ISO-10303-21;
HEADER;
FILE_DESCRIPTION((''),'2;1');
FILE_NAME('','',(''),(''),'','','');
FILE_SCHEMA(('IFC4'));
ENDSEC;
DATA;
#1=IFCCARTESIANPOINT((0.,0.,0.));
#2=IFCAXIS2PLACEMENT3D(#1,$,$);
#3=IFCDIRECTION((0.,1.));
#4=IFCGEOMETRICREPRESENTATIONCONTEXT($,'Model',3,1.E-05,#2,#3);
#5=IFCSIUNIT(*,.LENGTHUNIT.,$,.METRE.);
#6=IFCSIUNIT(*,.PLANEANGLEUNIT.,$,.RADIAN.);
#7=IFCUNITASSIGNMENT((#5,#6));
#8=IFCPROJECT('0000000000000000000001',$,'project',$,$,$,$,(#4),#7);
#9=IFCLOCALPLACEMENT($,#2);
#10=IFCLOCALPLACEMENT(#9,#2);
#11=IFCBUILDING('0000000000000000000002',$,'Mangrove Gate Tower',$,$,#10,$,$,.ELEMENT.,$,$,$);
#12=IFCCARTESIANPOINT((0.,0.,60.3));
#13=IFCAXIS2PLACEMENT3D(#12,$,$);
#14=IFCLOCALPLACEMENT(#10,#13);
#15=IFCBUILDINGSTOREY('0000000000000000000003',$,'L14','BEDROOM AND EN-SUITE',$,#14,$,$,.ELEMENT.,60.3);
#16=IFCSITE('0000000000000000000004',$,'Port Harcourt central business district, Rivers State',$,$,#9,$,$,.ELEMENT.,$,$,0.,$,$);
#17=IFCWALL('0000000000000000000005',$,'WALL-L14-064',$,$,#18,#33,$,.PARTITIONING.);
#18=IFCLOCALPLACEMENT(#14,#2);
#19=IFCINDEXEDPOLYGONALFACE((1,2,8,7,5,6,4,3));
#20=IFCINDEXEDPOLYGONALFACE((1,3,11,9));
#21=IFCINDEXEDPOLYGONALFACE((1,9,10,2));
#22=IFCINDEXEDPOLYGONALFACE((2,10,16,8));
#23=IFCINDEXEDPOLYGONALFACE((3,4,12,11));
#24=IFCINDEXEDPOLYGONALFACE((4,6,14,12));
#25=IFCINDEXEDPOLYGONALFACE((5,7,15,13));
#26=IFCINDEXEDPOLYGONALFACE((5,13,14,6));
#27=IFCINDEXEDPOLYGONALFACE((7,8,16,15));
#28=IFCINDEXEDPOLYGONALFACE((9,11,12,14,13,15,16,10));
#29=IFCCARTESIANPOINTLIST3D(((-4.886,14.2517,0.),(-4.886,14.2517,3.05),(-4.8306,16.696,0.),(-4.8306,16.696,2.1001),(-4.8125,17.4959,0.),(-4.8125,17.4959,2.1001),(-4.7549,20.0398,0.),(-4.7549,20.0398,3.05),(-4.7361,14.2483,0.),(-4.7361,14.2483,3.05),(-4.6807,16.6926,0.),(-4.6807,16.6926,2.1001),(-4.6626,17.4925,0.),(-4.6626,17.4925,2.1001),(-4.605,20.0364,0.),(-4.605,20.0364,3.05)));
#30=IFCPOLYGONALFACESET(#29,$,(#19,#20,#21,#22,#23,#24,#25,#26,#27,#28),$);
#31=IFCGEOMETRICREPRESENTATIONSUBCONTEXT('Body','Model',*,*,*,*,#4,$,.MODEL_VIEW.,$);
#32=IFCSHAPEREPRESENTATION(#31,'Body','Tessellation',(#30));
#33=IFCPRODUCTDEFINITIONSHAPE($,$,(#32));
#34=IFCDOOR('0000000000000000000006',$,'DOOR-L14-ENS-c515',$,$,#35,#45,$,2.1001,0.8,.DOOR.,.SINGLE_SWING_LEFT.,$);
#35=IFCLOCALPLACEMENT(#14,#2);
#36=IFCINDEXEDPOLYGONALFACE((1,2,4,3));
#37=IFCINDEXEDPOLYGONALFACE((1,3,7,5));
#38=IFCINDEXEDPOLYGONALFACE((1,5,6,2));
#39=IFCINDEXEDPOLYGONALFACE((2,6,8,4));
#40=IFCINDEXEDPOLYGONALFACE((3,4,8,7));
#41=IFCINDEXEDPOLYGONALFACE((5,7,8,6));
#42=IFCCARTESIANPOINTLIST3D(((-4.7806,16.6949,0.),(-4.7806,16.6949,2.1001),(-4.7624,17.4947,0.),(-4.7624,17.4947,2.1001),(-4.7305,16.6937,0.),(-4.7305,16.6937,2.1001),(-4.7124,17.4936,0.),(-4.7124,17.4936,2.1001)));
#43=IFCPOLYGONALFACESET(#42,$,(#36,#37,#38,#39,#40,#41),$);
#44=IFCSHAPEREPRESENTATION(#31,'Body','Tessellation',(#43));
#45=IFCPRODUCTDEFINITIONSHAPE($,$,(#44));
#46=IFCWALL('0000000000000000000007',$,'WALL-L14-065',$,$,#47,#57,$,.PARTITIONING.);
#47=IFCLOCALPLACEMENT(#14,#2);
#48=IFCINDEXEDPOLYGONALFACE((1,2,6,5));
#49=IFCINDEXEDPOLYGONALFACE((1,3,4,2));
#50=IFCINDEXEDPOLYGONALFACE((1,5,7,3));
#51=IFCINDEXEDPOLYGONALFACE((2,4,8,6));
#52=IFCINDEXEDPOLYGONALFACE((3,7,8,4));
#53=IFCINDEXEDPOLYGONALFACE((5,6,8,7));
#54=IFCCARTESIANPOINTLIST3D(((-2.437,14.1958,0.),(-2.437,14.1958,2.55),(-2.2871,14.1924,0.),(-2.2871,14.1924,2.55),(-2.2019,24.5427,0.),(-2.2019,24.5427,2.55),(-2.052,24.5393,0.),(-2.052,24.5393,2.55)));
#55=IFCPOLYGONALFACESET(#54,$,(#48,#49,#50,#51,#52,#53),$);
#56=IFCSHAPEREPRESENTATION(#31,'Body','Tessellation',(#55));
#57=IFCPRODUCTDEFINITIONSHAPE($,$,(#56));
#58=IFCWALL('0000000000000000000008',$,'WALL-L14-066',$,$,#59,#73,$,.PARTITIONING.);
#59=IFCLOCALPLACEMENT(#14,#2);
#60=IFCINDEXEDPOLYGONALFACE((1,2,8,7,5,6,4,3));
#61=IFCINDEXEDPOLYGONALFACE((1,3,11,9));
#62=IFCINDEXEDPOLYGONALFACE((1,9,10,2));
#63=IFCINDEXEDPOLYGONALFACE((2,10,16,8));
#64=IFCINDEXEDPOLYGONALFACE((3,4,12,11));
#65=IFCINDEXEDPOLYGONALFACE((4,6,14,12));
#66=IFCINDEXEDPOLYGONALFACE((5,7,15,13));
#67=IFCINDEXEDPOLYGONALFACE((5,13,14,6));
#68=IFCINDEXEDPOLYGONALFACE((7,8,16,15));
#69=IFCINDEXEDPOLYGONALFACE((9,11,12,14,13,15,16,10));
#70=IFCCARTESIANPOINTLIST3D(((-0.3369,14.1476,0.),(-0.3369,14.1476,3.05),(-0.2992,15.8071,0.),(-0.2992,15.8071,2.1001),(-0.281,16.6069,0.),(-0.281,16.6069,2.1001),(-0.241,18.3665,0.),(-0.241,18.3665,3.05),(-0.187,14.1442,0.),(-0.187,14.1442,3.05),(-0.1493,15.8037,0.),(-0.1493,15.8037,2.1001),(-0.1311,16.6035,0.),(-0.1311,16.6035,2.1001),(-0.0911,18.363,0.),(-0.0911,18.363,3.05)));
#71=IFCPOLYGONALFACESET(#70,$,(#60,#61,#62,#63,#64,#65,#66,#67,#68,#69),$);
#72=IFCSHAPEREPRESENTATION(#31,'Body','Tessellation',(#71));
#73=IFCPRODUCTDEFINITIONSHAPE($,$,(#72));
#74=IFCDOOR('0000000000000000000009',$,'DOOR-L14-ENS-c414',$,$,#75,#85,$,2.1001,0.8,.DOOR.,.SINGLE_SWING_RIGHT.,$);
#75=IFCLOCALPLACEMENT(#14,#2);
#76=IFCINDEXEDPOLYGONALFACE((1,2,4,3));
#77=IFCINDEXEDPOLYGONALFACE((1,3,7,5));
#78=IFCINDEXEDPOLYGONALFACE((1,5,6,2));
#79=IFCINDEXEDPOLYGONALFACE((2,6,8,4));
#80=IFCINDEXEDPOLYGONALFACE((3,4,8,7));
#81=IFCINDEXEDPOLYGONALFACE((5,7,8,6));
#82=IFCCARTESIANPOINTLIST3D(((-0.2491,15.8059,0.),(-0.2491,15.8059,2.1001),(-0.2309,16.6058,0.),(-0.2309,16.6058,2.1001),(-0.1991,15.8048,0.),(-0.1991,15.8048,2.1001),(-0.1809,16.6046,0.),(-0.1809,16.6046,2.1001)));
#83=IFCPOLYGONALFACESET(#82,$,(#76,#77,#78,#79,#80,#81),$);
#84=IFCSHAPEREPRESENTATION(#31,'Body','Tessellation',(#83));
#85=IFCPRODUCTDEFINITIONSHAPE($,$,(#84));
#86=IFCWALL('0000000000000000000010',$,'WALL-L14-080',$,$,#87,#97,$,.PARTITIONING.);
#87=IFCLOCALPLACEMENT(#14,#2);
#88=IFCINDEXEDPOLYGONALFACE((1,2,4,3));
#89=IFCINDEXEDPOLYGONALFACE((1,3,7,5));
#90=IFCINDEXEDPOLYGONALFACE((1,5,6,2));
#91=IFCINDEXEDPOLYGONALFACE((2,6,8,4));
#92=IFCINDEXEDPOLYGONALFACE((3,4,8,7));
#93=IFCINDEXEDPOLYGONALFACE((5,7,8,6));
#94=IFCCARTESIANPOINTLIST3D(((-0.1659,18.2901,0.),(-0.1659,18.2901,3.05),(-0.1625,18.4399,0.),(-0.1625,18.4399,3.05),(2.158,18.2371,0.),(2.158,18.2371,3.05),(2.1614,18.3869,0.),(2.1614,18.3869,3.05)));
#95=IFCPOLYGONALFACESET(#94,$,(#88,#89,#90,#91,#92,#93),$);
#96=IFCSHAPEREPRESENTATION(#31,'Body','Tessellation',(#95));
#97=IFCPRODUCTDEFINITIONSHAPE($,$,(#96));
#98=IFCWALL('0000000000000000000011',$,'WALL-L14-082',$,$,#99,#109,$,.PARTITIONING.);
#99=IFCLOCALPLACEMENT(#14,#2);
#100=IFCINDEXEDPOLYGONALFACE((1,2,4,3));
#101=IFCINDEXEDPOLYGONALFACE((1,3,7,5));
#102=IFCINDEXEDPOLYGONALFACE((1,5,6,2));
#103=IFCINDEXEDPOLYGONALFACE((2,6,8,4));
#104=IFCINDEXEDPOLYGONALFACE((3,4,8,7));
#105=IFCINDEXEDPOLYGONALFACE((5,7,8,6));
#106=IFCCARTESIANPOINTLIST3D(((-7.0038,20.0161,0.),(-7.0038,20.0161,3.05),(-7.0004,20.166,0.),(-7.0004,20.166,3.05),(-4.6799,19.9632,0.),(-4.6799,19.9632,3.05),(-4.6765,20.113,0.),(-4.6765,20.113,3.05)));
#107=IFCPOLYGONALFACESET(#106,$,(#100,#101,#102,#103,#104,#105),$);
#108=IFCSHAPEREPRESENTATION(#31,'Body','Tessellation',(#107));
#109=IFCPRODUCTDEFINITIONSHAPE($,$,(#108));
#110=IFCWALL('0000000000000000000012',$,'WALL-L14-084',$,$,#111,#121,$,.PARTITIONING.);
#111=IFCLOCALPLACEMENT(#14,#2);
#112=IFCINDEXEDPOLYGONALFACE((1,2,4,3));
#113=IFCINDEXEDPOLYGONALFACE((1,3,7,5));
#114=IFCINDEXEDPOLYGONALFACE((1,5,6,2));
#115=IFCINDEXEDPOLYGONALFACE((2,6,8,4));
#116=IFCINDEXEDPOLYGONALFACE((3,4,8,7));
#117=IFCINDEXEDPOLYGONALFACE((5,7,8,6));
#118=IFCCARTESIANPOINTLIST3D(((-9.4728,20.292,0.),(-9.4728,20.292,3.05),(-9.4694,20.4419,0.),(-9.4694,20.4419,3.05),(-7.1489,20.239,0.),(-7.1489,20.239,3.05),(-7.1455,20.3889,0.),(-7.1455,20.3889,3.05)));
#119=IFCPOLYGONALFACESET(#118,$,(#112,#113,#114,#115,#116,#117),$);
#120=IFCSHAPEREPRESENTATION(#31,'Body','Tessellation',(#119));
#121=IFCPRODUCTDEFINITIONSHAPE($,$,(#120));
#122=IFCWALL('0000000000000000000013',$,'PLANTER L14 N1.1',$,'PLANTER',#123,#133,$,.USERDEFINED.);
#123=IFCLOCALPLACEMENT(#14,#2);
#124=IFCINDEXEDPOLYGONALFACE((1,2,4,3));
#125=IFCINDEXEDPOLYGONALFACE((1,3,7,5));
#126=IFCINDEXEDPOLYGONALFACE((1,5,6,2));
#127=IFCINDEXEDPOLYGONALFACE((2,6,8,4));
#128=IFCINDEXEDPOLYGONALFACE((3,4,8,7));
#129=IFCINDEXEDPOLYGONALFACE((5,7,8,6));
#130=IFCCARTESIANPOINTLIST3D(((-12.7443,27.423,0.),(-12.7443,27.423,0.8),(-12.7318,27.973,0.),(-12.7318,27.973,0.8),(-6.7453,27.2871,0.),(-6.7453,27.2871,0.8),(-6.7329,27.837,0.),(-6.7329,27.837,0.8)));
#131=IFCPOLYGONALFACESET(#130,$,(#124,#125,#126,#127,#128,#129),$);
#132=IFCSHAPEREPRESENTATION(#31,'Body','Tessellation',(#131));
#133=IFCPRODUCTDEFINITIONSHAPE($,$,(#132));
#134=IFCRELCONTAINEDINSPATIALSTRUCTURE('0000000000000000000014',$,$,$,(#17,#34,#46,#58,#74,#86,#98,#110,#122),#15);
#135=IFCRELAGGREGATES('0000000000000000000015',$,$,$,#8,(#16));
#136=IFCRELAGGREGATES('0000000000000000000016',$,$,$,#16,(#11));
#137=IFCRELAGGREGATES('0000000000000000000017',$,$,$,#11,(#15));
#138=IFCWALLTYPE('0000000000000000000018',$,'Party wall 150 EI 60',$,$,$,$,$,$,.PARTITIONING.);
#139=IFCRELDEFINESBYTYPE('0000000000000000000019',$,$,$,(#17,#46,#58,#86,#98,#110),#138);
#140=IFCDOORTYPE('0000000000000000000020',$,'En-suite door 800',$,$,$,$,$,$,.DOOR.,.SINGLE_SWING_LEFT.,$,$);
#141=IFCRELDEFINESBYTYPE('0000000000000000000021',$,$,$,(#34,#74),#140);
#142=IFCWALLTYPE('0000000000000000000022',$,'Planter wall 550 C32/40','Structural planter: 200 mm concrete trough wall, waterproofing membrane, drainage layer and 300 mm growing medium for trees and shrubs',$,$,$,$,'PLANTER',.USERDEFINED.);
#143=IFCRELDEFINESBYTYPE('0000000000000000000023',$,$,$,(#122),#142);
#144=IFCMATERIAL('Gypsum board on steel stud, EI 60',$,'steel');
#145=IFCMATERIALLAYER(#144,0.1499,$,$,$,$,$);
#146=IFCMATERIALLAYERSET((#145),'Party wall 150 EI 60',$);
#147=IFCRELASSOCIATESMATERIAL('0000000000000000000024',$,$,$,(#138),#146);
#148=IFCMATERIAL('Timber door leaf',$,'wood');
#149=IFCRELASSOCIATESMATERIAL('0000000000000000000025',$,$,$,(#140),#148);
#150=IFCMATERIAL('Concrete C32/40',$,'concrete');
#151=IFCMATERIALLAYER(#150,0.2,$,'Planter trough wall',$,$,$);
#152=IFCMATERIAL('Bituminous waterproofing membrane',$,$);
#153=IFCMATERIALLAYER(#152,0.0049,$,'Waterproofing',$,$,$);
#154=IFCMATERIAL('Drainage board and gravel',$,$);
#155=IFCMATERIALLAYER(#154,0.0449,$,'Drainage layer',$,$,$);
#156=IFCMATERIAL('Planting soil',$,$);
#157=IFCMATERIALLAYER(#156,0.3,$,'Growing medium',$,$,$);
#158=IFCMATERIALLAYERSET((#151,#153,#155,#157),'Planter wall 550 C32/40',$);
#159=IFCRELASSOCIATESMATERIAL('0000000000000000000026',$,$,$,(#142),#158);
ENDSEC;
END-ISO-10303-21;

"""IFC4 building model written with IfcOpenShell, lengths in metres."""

from ifc_helpers import new_model, si_unit, direction, frame, frame_2d, origin, place, context, subcontext, project, spatial, rectangle, extrude, material, layer, layer_set, type_object, element, fill, save


model = new_model("IFC4")

# Units and contexts
model_context = context("Model", 3, precision=1e-05, world=origin(), true_north=direction((0.0, 1.0)))
body_context = subcontext(model_context, "Body", "Model", "MODEL_VIEW")
ifc_project = project(units=[si_unit("LENGTHUNIT", "METRE"), si_unit("PLANEANGLEUNIT", "RADIAN")], contexts=[model_context])

# Site, building, storey
site_placement = place(None, origin())
site = spatial("IfcSite", under=ifc_project, at=site_placement, Name="Port Harcourt central business district, Rivers State", CompositionType="ELEMENT", RefElevation=0.0)
building_placement = place(site_placement, origin())
building = spatial("IfcBuilding", under=site, at=building_placement, Name="Mangrove Gate Tower", CompositionType="ELEMENT")
storey_placement = place(building_placement, frame((0.0, 0.0, 60.3)))
storey = spatial("IfcBuildingStorey", under=building, at=storey_placement, Name="L14", Description="BEDROOM AND EN-SUITE", CompositionType="ELEMENT", Elevation=60.3)

# Shared definitions
ifc_material_1 = material(Name="Gypsum board on steel stud, EI 60", Category="steel")
ifc_layer_1 = layer(ifc_material_1, 0.1499)
ifc_layer_set_1 = layer_set([ifc_layer_1], Name="Party wall 150 EI 60")
wall_type_1 = type_object("IfcWallType", Name="Party wall 150 EI 60", PredefinedType="PARTITIONING", material=ifc_layer_set_1)
ifc_material_2 = material(Name="Timber door leaf", Category="wood")
door_type = type_object("IfcDoorType", Name="En-suite door 800", OperationType="SINGLE_SWING_LEFT", PredefinedType="DOOR", material=ifc_material_2)

# Wall, opening, door
wall_1_placement = place(storey_placement, frame((-4.811, 14.25, 0.0), z_axis=(0.0, 0.0, 1.0), x_axis=(0.022645, 0.999744, 0.0)))
wall_1 = element("IfcWall", 1, at=wall_1_placement, inside=storey, type_object=wall_type_1, Name="WALL-L14-064", PredefinedType="PARTITIONING", context=body_context, shape_type="SweptSolid", body=[
    extrude(rectangle(XDim=5.7896, YDim=0.1499, at=frame_2d((2.8948, 0.0))), origin(), (0.0, 0.0, 1.0), 3.05),
])
opening_1_placement = place(wall_1_placement, frame((2.4451, 0.0, 0.0)))
opening_1 = element("IfcOpeningElement", 2, at=opening_1_placement, cuts=wall_1, PredefinedType="OPENING", context=body_context, shape_type="SweptSolid", body=[
    extrude(rectangle(XDim=0.8, YDim=2.1001, at=frame_2d((0.3999, 1.05))), frame((0.0, 0.085, 0.0), z_axis=(0.0, -1.0, 0.0), x_axis=(1.0, 0.0, 0.0)), (0.0, 0.0, 1.0), 0.1699),
])
door_1_placement = place(opening_1_placement, origin())
door_1 = element("IfcDoor", 3, at=door_1_placement, inside=storey, type_object=door_type, Name="DOOR-L14-ENS-c515", OperationType="SINGLE_SWING_LEFT", OverallHeight=2.1001, OverallWidth=0.8, PredefinedType="DOOR", context=body_context, shape_type="SweptSolid", body=[
    extrude(rectangle(XDim=0.8, YDim=2.1001, at=frame_2d((0.3999, 1.05))), frame((0.0, 0.0249, 0.0), z_axis=(0.0, -1.0, 0.0), x_axis=(1.0, 0.0, 0.0)), (0.0, 0.0, 1.0), 0.05),
])
fill(opening_1, door_1)

# Wall
wall_2_placement = place(storey_placement, frame((-2.3621, 14.1941, 0.0), z_axis=(0.0, 0.0, 1.0), x_axis=(0.022717, 0.999742, 0.0)))
element("IfcWall", 4, at=wall_2_placement, inside=storey, type_object=wall_type_1, Name="WALL-L14-065", PredefinedType="PARTITIONING", context=body_context, shape_type="SweptSolid", body=[
    extrude(rectangle(XDim=10.3496, YDim=0.1499, at=frame_2d((5.1748, 0.0))), origin(), (0.0, 0.0, 1.0), 2.55),
])

# Wall, opening, door
wall_3_placement = place(storey_placement, frame((-0.262, 14.146, 0.0), z_axis=(0.0, 0.0, 1.0), x_axis=(0.022736, 0.999742, 0.0)))
wall_3 = element("IfcWall", 5, at=wall_3_placement, inside=storey, type_object=wall_type_1, Name="WALL-L14-066", PredefinedType="PARTITIONING", context=body_context, shape_type="SweptSolid", body=[
    extrude(rectangle(XDim=4.22, YDim=0.1499, at=frame_2d((2.1099, 0.0))), origin(), (0.0, 0.0, 1.0), 3.05),
])
opening_2_placement = place(wall_3_placement, frame((1.6599, 0.0, 0.0)))
opening_2 = element("IfcOpeningElement", 6, at=opening_2_placement, cuts=wall_3, PredefinedType="OPENING", context=body_context, shape_type="SweptSolid", body=[
    extrude(rectangle(XDim=0.8, YDim=2.1001, at=frame_2d((0.3999, 1.05))), frame((0.0, 0.085, 0.0), z_axis=(0.0, -1.0, 0.0), x_axis=(1.0, 0.0, 0.0)), (0.0, 0.0, 1.0), 0.1699),
])
door_2_placement = place(opening_2_placement, origin())
door_2 = element("IfcDoor", 7, at=door_2_placement, inside=storey, type_object=door_type, Name="DOOR-L14-ENS-c414", OperationType="SINGLE_SWING_RIGHT", OverallHeight=2.1001, OverallWidth=0.8, PredefinedType="DOOR", context=body_context, shape_type="SweptSolid", body=[
    extrude(rectangle(XDim=0.8, YDim=2.1001, at=frame_2d((0.3999, 1.05))), frame((0.0, 0.0249, 0.0), z_axis=(0.0, -1.0, 0.0), x_axis=(1.0, 0.0, 0.0)), (0.0, 0.0, 1.0), 0.05),
])
fill(opening_2, door_2)

# Walls
for number, where, z_axis, x_axis, name in (
    (8, (-0.1641, 18.365, 0.0), (0.0, 0.0, 1.0), (0.99974, -0.022791, 0.0), "WALL-L14-080"),
    (9, (-7.002, 20.0911, 0.0), (0.0, 0.0, 1.0), (0.99974, -0.022791, 0.0), "WALL-L14-082"),
    (10, (-9.4709, 20.3669, 0.0), (0.0, 0.0, 1.0), (0.99974, -0.022791, 0.0), "WALL-L14-084"),
):
    element("IfcWall", number, at=place(storey_placement, frame(where, z_axis=z_axis, x_axis=x_axis)), inside=storey, type_object=wall_type_1, Name=name, PredefinedType="PARTITIONING", context=body_context, shape_type="SweptSolid", body=[
        extrude(rectangle(XDim=2.3245, YDim=0.1499, at=frame_2d((1.1621, 0.0))), origin(), (0.0, 0.0, 1.0), 3.05),
    ])
ifc_material_3 = material(Name="Concrete C32/40", Category="concrete")
ifc_layer_2 = layer(ifc_material_3, 0.2, Name="Planter trough wall")
ifc_material_4 = material(Name="Bituminous waterproofing membrane")
ifc_layer_3 = layer(ifc_material_4, 0.0049, Name="Waterproofing")
ifc_material_5 = material(Name="Drainage board and gravel")
ifc_layer_4 = layer(ifc_material_5, 0.0449, Name="Drainage layer")
ifc_material_6 = material(Name="Planting soil")
ifc_layer_5 = layer(ifc_material_6, 0.3, Name="Growing medium")
ifc_layer_set_2 = layer_set([ifc_layer_2, ifc_layer_3, ifc_layer_4, ifc_layer_5], Name="Planter wall 550 C32/40")
wall_type_2 = type_object("IfcWallType", Name="Planter wall 550 C32/40", Description="Structural planter: 200 mm concrete trough wall, waterproofing membrane, drainage layer and 300 mm growing medium for trees and shrubs", ElementType="PLANTER", PredefinedType="USERDEFINED", material=ifc_layer_set_2)
wall_4_placement = place(storey_placement, frame((-12.738, 27.698, 0.0), z_axis=(0.0, 0.0, 1.0), x_axis=(0.999743, -0.022662, 0.0)))
element("IfcWall", 11, at=wall_4_placement, inside=storey, type_object=wall_type_2, Name="PLANTER L14 N1.1", ObjectType="PLANTER", PredefinedType="USERDEFINED", context=body_context, shape_type="SweptSolid", body=[
    extrude(rectangle(XDim=6.0005, YDim=0.55, at=frame_2d((3.0002, 0.0))), origin(), (0.0, 0.0, 1.0), 0.8),
])

save(model, "model.ifc")
